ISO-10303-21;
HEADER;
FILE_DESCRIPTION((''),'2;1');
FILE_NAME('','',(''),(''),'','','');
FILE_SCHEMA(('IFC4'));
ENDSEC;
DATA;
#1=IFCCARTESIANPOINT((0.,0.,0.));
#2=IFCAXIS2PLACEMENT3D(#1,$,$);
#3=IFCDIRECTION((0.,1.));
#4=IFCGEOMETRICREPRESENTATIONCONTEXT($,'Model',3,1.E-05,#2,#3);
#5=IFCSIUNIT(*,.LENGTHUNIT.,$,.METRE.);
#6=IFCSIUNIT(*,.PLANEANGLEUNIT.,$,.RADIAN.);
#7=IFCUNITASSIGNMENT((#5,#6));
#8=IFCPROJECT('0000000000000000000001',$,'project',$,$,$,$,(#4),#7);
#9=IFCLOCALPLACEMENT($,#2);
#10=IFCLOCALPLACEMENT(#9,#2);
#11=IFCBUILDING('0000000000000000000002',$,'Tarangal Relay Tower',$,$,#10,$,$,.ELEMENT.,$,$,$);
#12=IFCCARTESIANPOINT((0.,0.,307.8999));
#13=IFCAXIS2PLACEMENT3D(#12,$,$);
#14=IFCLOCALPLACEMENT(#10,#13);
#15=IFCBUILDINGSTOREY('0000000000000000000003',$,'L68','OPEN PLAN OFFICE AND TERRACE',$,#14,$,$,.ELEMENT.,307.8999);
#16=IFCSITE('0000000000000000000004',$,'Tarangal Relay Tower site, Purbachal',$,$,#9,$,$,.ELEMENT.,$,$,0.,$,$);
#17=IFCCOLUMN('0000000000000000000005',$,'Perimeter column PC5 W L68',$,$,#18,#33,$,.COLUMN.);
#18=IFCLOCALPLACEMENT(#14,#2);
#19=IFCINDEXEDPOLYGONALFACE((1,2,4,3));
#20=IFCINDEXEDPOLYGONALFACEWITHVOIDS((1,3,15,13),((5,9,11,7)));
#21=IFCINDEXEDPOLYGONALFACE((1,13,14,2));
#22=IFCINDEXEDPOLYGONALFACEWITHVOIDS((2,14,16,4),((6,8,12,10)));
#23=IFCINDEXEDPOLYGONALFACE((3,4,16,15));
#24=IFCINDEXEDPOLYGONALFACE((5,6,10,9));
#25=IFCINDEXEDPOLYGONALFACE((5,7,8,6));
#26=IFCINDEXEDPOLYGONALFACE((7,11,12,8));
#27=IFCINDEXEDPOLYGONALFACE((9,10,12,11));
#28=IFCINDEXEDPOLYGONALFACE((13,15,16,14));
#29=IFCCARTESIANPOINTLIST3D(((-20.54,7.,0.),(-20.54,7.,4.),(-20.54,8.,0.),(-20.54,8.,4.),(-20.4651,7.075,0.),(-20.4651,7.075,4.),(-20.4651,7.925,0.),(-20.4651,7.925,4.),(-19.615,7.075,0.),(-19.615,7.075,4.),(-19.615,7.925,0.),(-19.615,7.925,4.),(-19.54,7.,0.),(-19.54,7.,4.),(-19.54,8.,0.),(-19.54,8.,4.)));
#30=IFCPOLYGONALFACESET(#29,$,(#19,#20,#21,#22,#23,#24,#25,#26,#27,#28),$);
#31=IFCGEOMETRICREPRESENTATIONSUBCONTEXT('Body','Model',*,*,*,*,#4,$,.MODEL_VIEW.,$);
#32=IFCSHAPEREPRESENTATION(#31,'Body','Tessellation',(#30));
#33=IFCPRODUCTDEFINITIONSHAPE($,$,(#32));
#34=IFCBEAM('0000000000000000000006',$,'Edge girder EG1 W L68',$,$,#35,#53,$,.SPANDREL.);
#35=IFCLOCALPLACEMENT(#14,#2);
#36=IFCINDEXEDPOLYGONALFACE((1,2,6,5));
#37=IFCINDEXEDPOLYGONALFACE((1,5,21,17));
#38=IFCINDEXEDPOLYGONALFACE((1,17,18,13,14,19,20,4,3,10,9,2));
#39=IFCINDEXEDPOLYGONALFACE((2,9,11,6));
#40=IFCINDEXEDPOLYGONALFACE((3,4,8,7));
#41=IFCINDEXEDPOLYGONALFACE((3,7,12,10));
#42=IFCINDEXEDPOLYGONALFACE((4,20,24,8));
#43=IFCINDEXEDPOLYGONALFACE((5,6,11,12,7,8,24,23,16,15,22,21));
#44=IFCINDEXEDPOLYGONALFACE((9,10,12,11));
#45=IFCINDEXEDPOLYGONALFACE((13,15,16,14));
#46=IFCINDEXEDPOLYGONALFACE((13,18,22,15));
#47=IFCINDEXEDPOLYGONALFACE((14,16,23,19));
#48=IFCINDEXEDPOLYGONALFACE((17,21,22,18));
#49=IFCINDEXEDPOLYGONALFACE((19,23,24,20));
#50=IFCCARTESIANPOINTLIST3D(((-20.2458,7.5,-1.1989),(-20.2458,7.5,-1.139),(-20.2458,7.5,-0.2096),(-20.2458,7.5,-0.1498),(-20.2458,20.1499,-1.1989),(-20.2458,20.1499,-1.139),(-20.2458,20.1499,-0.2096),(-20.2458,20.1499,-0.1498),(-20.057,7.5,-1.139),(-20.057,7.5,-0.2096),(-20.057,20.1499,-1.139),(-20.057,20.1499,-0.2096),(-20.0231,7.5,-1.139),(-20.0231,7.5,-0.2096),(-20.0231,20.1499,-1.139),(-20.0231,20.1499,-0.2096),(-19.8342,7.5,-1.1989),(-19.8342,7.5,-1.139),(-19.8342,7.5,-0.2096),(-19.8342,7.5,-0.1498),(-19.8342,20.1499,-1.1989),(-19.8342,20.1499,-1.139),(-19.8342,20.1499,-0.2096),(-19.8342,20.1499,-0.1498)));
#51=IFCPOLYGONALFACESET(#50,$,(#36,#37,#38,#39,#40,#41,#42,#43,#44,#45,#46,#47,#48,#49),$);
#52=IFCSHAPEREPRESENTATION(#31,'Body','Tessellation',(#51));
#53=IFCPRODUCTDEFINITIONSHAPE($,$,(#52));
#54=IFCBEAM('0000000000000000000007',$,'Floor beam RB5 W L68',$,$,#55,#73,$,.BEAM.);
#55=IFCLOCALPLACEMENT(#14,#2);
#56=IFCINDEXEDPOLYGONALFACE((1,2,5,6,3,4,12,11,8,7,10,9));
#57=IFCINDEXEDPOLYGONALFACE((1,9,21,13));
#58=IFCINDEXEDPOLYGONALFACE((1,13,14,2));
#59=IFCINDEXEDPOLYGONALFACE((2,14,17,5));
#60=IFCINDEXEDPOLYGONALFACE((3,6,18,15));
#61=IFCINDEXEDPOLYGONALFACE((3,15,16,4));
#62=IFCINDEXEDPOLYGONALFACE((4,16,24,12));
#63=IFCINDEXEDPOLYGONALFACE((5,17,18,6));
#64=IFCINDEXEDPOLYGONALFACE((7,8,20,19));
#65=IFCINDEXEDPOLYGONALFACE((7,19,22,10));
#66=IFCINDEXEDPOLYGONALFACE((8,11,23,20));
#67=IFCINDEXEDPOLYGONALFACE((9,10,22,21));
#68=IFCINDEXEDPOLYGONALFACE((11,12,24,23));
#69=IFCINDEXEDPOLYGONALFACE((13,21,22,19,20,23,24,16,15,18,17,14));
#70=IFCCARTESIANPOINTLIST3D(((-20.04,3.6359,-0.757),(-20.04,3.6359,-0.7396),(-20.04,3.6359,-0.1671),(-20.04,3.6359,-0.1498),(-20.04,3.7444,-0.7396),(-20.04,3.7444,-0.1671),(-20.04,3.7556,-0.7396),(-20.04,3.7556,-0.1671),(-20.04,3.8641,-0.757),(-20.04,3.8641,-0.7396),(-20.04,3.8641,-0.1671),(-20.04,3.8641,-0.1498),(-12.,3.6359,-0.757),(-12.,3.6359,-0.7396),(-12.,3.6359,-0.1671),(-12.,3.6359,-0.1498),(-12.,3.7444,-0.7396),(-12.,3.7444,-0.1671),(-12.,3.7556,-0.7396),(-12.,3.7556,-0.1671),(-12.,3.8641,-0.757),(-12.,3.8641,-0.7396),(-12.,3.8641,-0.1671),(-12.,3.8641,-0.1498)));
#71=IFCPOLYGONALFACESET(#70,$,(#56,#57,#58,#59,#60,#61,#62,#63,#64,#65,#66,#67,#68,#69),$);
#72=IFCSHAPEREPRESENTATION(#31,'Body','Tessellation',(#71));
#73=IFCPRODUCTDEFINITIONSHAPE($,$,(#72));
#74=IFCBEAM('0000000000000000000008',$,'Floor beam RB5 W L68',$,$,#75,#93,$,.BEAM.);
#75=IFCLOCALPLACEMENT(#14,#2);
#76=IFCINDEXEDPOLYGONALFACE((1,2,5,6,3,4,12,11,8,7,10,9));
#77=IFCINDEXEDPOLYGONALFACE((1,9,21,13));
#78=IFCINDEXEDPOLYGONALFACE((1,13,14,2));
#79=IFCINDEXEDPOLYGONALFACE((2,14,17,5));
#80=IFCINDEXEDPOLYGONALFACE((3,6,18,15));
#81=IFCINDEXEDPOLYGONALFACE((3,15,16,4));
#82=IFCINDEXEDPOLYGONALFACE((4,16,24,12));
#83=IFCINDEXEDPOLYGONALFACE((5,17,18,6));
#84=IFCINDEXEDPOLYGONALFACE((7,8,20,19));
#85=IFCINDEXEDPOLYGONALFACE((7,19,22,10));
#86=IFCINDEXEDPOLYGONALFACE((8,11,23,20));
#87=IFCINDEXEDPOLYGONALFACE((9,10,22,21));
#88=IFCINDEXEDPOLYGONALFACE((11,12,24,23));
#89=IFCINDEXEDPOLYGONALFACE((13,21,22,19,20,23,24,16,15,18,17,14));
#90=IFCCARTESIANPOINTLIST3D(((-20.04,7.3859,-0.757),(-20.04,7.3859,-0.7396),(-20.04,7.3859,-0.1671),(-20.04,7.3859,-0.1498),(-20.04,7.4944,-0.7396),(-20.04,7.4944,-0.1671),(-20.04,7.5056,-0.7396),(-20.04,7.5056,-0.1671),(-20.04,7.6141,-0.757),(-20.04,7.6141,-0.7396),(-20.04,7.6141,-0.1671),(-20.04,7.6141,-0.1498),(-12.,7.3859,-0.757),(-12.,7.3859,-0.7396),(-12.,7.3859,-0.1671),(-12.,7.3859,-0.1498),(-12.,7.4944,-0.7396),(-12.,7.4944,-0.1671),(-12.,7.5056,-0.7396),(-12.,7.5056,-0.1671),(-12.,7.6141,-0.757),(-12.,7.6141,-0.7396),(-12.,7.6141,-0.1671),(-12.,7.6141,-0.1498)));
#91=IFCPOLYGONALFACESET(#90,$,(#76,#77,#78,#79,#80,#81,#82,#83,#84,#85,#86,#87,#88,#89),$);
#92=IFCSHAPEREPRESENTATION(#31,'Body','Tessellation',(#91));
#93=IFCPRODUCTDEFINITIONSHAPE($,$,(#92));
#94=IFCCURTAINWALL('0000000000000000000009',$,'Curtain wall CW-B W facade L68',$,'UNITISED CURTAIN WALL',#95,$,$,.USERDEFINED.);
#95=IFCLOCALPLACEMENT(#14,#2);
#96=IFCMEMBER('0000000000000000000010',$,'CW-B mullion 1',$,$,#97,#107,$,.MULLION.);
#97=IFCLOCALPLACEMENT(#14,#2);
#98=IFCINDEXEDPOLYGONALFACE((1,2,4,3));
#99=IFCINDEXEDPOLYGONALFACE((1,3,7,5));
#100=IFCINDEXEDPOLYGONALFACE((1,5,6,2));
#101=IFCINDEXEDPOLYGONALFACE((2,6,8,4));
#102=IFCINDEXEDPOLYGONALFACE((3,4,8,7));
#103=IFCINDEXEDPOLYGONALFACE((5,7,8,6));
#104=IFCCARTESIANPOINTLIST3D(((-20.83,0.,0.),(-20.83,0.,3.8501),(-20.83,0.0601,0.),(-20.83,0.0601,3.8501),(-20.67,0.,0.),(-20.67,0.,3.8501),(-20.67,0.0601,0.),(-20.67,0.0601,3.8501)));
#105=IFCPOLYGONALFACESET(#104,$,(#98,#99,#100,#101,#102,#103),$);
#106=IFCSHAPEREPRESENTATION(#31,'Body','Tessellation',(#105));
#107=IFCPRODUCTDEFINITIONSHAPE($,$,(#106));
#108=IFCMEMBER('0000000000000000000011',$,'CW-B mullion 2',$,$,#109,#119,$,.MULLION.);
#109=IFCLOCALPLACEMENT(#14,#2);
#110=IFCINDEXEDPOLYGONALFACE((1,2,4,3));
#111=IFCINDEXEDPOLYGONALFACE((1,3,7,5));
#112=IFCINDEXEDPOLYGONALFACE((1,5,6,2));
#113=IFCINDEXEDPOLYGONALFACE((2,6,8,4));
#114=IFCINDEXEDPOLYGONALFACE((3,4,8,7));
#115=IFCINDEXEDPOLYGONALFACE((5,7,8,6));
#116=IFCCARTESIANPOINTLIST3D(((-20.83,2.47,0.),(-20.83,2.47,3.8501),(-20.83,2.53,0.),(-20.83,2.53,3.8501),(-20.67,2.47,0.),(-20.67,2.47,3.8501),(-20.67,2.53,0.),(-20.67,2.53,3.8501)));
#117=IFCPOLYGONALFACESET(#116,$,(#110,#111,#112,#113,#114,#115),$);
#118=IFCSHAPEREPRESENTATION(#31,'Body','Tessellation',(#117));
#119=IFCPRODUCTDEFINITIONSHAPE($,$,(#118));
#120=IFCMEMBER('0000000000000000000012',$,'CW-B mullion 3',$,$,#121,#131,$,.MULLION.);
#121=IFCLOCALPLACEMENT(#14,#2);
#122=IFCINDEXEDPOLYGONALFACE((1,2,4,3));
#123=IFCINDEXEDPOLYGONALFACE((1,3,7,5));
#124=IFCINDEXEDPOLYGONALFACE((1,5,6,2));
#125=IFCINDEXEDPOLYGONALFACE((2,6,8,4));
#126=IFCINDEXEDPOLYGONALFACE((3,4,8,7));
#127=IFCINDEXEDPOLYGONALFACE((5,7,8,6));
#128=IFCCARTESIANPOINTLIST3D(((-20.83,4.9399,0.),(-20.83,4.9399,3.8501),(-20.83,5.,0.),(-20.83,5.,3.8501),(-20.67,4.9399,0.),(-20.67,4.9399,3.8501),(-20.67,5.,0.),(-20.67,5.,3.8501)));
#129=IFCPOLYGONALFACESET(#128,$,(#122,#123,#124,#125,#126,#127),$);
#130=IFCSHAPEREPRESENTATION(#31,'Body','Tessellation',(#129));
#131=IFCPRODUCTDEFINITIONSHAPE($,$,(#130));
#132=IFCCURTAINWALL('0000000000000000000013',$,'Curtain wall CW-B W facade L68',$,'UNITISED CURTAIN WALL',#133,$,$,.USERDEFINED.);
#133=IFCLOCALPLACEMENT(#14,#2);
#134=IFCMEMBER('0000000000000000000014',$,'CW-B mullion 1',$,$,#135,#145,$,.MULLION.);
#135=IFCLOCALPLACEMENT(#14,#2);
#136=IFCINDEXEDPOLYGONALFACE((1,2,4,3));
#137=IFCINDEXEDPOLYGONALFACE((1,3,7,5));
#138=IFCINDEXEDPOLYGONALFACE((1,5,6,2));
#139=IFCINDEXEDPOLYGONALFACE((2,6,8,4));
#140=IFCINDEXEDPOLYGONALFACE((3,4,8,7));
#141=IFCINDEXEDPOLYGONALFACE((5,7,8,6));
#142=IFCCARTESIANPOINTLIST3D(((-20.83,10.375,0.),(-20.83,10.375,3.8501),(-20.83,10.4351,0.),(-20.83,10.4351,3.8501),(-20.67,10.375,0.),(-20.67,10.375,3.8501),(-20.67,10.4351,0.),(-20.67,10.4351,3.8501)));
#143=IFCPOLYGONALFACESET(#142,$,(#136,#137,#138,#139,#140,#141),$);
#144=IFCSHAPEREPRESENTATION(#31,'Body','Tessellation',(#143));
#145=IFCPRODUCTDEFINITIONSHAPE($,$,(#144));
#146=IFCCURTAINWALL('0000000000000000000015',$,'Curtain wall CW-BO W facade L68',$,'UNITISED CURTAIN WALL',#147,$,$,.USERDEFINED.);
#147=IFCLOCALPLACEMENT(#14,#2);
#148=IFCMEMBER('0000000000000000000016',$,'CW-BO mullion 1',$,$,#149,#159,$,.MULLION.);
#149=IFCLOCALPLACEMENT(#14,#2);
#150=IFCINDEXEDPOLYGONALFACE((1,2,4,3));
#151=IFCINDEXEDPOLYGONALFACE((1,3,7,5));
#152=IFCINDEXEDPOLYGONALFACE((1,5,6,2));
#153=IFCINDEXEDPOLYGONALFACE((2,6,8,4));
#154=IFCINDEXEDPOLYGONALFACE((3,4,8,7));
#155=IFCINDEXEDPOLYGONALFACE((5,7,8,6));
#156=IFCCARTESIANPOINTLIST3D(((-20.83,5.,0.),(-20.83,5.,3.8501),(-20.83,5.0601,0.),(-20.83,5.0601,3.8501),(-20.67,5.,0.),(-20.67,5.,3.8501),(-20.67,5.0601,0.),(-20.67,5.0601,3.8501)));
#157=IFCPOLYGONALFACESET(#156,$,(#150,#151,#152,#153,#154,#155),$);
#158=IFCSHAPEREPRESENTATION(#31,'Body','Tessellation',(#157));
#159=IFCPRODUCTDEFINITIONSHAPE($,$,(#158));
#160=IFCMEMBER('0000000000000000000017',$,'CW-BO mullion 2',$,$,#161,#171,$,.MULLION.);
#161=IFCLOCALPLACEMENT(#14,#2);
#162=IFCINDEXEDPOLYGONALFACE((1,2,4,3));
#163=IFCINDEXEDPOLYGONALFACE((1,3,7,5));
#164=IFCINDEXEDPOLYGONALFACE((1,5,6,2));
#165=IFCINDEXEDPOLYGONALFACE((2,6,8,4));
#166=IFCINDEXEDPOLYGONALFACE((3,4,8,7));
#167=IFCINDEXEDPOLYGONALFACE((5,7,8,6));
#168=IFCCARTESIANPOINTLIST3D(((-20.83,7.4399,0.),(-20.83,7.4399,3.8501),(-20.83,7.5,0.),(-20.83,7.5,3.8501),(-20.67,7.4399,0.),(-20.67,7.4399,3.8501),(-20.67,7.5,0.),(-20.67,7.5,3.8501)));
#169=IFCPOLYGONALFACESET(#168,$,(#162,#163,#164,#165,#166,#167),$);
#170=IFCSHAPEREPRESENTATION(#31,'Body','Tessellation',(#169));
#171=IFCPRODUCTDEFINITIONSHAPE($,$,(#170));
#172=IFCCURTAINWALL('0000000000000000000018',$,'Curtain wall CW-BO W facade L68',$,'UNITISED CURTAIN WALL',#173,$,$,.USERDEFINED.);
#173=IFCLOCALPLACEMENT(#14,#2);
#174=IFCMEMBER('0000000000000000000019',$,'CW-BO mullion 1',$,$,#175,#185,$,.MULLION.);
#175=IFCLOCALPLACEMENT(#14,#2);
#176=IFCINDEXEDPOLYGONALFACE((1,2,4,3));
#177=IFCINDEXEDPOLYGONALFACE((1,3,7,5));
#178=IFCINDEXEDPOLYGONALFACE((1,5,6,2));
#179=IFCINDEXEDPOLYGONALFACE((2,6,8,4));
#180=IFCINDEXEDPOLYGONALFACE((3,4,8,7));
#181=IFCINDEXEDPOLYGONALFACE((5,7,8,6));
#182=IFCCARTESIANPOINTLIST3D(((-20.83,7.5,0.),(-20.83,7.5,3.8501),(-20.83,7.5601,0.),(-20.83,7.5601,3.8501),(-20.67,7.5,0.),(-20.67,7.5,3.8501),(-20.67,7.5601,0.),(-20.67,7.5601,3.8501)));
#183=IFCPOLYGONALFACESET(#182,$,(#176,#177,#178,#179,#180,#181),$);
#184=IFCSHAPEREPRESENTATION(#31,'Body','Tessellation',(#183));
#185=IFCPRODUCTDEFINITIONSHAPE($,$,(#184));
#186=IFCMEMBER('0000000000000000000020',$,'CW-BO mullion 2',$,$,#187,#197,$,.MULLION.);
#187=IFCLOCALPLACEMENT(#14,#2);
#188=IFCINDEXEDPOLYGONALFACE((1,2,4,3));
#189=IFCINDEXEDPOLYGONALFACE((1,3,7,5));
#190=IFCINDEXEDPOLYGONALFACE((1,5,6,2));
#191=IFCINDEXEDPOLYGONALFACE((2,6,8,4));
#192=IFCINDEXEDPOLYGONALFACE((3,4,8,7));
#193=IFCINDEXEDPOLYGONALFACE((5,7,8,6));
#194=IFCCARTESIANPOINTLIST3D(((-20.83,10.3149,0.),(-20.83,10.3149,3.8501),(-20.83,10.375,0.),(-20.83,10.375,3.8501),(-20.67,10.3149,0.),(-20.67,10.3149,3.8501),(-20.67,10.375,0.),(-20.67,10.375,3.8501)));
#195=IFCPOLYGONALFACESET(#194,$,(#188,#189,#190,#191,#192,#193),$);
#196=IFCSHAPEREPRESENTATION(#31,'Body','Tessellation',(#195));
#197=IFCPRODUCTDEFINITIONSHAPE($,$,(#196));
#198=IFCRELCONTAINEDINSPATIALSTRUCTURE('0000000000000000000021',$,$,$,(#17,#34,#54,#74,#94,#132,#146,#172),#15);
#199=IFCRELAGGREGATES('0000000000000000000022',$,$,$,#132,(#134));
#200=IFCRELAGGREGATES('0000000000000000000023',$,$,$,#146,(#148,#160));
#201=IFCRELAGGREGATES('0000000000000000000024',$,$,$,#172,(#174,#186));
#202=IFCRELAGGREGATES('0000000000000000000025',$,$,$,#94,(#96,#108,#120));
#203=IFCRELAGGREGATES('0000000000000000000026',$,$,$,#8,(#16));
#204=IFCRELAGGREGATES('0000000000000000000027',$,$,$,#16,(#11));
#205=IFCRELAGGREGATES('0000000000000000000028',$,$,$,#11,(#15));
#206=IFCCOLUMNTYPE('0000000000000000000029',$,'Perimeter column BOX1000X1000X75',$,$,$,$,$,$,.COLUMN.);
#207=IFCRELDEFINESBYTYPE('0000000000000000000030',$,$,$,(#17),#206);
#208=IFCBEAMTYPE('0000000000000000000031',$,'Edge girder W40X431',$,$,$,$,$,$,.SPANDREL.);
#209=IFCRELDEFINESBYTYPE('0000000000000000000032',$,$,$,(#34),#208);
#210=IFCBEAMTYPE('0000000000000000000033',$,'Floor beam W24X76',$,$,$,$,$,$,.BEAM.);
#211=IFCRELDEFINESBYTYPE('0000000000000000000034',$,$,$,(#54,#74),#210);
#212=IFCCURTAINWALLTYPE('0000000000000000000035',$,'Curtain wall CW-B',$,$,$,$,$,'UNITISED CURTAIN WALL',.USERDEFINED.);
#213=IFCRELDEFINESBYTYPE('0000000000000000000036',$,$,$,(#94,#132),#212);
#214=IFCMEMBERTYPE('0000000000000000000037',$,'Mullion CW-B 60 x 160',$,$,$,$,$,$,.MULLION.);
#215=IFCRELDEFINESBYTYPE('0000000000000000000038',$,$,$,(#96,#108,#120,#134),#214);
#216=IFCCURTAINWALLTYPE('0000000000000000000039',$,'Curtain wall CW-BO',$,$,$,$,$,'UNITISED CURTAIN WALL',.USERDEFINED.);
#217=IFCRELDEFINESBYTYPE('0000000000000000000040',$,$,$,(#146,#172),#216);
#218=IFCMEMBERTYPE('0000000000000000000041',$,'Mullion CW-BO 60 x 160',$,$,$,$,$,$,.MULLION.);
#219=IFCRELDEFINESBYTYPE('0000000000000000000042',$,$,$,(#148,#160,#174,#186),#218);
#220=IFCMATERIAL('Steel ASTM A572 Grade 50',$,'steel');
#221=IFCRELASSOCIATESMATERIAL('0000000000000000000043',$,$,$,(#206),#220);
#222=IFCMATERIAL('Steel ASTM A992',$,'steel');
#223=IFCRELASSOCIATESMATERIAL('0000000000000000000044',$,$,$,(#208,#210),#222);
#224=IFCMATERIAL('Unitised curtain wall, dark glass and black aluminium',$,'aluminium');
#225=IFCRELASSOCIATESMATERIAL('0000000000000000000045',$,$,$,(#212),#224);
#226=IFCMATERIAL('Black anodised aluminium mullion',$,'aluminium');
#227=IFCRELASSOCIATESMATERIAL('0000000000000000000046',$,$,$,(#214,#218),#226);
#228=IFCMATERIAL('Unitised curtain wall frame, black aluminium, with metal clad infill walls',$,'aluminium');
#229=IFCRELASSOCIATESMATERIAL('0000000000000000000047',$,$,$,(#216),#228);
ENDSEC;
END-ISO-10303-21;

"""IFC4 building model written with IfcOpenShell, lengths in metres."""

from ifc_helpers import new_model, si_unit, direction, frame, origin, origin_2d, place, context, subcontext, project, spatial, rectangle, hollow_rectangle, i_section, extrude, material, material_profile, profile_set, type_object, element, aggregate, save


model = new_model("IFC4")

# Units and contexts
model_context = context("Model", 3, precision=1e-05, world=origin(), true_north=direction((0.0, 1.0)))
body_context = subcontext(model_context, "Body", "Model", "MODEL_VIEW")
ifc_project = project(units=[si_unit("LENGTHUNIT", "METRE"), si_unit("PLANEANGLEUNIT", "RADIAN")], contexts=[model_context])

# Site, building, storey
site_placement = place(None, origin())
site = spatial("IfcSite", under=ifc_project, at=site_placement, Name="Tarangal Relay Tower site, Purbachal", CompositionType="ELEMENT", RefElevation=0.0)
building_placement = place(site_placement, origin())
building = spatial("IfcBuilding", under=site, at=building_placement, Name="Tarangal Relay Tower", CompositionType="ELEMENT")
storey_placement = place(building_placement, frame((0.0, 0.0, 307.8999)))
storey = spatial("IfcBuildingStorey", under=building, at=storey_placement, Name="L68", Description="OPEN PLAN OFFICE AND TERRACE", CompositionType="ELEMENT", Elevation=307.8999)

# Column
ifc_material_1 = material(Name="Steel ASTM A572 Grade 50", Category="steel")
ifc_material_profile_1 = material_profile(ifc_material_1, hollow_rectangle(XDim=1.0, YDim=1.0, WallThickness=0.075, at=origin_2d()), Name="BOX1000X1000X75")
ifc_profile_set_1 = profile_set([ifc_material_profile_1], Name="Steel ASTM A572 Grade 50")
column_type = type_object("IfcColumnType", Name="Perimeter column BOX1000X1000X75", PredefinedType="COLUMN", material=ifc_profile_set_1)
column_placement = place(storey_placement, frame((-20.04, 7.5, 0.0), z_axis=(0.0, 0.0, 1.0), x_axis=(1.0, 0.0, 0.0)))
element("IfcColumn", 1, at=column_placement, inside=storey, type_object=column_type, Name="Perimeter column PC5 W L68", PredefinedType="COLUMN", context=body_context, shape_type="SweptSolid", body=[
    extrude(hollow_rectangle(XDim=1.0, YDim=1.0, WallThickness=0.075, at=origin_2d()), origin(), (0.0, 0.0, 1.0), 4.0),
])

# Beams
ifc_material_2 = material(Name="Steel ASTM A992", Category="steel")
ifc_material_profile_2 = material_profile(ifc_material_2, i_section(OverallWidth=0.4116, OverallDepth=1.0491, WebThickness=0.0339, FlangeThickness=0.0598, at=origin_2d()), Name="W40X431")
ifc_profile_set_2 = profile_set([ifc_material_profile_2], Name="Steel ASTM A992")
beam_type_1 = type_object("IfcBeamType", Name="Edge girder W40X431", PredefinedType="SPANDREL", material=ifc_profile_set_2)
beam_placement = place(storey_placement, frame((-20.04, 7.5, -0.6743), z_axis=(0.0, 1.0, 0.0), x_axis=(-1.0, 0.0, 0.0)))
element("IfcBeam", 2, at=beam_placement, inside=storey, type_object=beam_type_1, Name="Edge girder EG1 W L68", PredefinedType="SPANDREL", context=body_context, shape_type="SweptSolid", body=[
    extrude(i_section(OverallWidth=0.4116, OverallDepth=1.0491, WebThickness=0.0339, FlangeThickness=0.0598, at=origin_2d()), origin(), (0.0, 0.0, 1.0), 12.6499),
])
ifc_material_profile_3 = material_profile(ifc_material_2, i_section(OverallWidth=0.2283, OverallDepth=0.6072, WebThickness=0.0112, FlangeThickness=0.0173, at=origin_2d()), Name="W24X76")
ifc_profile_set_3 = profile_set([ifc_material_profile_3], Name="Steel ASTM A992")
beam_type_2 = type_object("IfcBeamType", Name="Floor beam W24X76", PredefinedType="BEAM", material=ifc_profile_set_3)
for number, where, z_axis, x_axis, name in (
    (3, (-12.0, 3.75, -0.4534), (-1.0, 0.0, 0.0), (0.0, -1.0, 0.0), "Floor beam RB5 W L68"),
    (4, (-12.0, 7.5, -0.4534), (-1.0, 0.0, 0.0), (0.0, -1.0, 0.0), "Floor beam RB5 W L68"),
):
    element("IfcBeam", number, at=place(storey_placement, frame(where, z_axis=z_axis, x_axis=x_axis)), inside=storey, type_object=beam_type_2, Name=name, PredefinedType="BEAM", context=body_context, shape_type="SweptSolid", body=[
        extrude(i_section(OverallWidth=0.2283, OverallDepth=0.6072, WebThickness=0.0112, FlangeThickness=0.0173, at=origin_2d()), origin(), (0.0, 0.0, 1.0), 8.04),
    ])

# Curtain wall, members
ifc_material_3 = material(Name="Unitised curtain wall, dark glass and black aluminium", Category="aluminium")
curtain_wall_type_1 = type_object("IfcCurtainWallType", Name="Curtain wall CW-B", ElementType="UNITISED CURTAIN WALL", PredefinedType="USERDEFINED", material=ifc_material_3)
curtain_wall_1_placement = place(storey_placement, origin())
curtain_wall_1 = element("IfcCurtainWall", 5, at=curtain_wall_1_placement, inside=storey, type_object=curtain_wall_type_1, Name="Curtain wall CW-B W facade L68", ObjectType="UNITISED CURTAIN WALL", PredefinedType="USERDEFINED")
ifc_material_4 = material(Name="Black anodised aluminium mullion", Category="aluminium")
ifc_material_profile_4 = material_profile(ifc_material_4, rectangle(XDim=0.1599, YDim=0.0601, at=origin_2d()), Name="CW-BM 60X160")
ifc_profile_set_4 = profile_set([ifc_material_profile_4], Name="Black anodised aluminium mullion")
member_type_1 = type_object("IfcMemberType", Name="Mullion CW-B 60 x 160", PredefinedType="MULLION", material=ifc_profile_set_4)
member_1_placement = place(storey_placement, frame((-20.75, 0.03, 0.0), z_axis=(0.0, 0.0, 1.0), x_axis=(-1.0, 0.0, 0.0)))
member_1 = element("IfcMember", 6, at=member_1_placement, type_object=member_type_1, Name="CW-B mullion 1", PredefinedType="MULLION", context=body_context, shape_type="SweptSolid", body=[
    extrude(rectangle(XDim=0.1599, YDim=0.0601, at=origin_2d()), origin(), (0.0, 0.0, 1.0), 3.8501),
])
member_2_placement = place(storey_placement, frame((-20.75, 2.5, 0.0), z_axis=(0.0, 0.0, 1.0), x_axis=(-1.0, 0.0, 0.0)))
member_2 = element("IfcMember", 7, at=member_2_placement, type_object=member_type_1, Name="CW-B mullion 2", PredefinedType="MULLION", context=body_context, shape_type="SweptSolid", body=[
    extrude(rectangle(XDim=0.1599, YDim=0.0601, at=origin_2d()), origin(), (0.0, 0.0, 1.0), 3.8501),
])
member_3_placement = place(storey_placement, frame((-20.75, 4.97, 0.0), z_axis=(0.0, 0.0, 1.0), x_axis=(-1.0, 0.0, 0.0)))
member_3 = element("IfcMember", 8, at=member_3_placement, type_object=member_type_1, Name="CW-B mullion 3", PredefinedType="MULLION", context=body_context, shape_type="SweptSolid", body=[
    extrude(rectangle(XDim=0.1599, YDim=0.0601, at=origin_2d()), origin(), (0.0, 0.0, 1.0), 3.8501),
])

# Curtain wall, member
curtain_wall_2_placement = place(storey_placement, origin())
curtain_wall_2 = element("IfcCurtainWall", 9, at=curtain_wall_2_placement, inside=storey, type_object=curtain_wall_type_1, Name="Curtain wall CW-B W facade L68", ObjectType="UNITISED CURTAIN WALL", PredefinedType="USERDEFINED")
member_4_placement = place(storey_placement, frame((-20.75, 10.405, 0.0), z_axis=(0.0, 0.0, 1.0), x_axis=(-1.0, 0.0, 0.0)))
member_4 = element("IfcMember", 10, at=member_4_placement, type_object=member_type_1, Name="CW-B mullion 1", PredefinedType="MULLION", context=body_context, shape_type="SweptSolid", body=[
    extrude(rectangle(XDim=0.1599, YDim=0.0601, at=origin_2d()), origin(), (0.0, 0.0, 1.0), 3.8501),
])

# Curtain walls, members
ifc_material_5 = material(Name="Unitised curtain wall frame, black aluminium, with metal clad infill walls", Category="aluminium")
curtain_wall_type_2 = type_object("IfcCurtainWallType", Name="Curtain wall CW-BO", ElementType="UNITISED CURTAIN WALL", PredefinedType="USERDEFINED", material=ifc_material_5)
curtain_wall_3_placement = place(storey_placement, origin())
curtain_wall_3 = element("IfcCurtainWall", 11, at=curtain_wall_3_placement, inside=storey, type_object=curtain_wall_type_2, Name="Curtain wall CW-BO W facade L68", ObjectType="UNITISED CURTAIN WALL", PredefinedType="USERDEFINED")
ifc_material_profile_5 = material_profile(ifc_material_4, rectangle(XDim=0.1599, YDim=0.0601, at=origin_2d()), Name="CW-BOM 60X160")
ifc_profile_set_5 = profile_set([ifc_material_profile_5], Name="Black anodised aluminium mullion")
member_type_2 = type_object("IfcMemberType", Name="Mullion CW-BO 60 x 160", PredefinedType="MULLION", material=ifc_profile_set_5)
member_5_placement = place(storey_placement, frame((-20.75, 5.03, 0.0), z_axis=(0.0, 0.0, 1.0), x_axis=(-1.0, 0.0, 0.0)))
member_5 = element("IfcMember", 12, at=member_5_placement, type_object=member_type_2, Name="CW-BO mullion 1", PredefinedType="MULLION", context=body_context, shape_type="SweptSolid", body=[
    extrude(rectangle(XDim=0.1599, YDim=0.0601, at=origin_2d()), origin(), (0.0, 0.0, 1.0), 3.8501),
])
member_6_placement = place(storey_placement, frame((-20.75, 7.47, 0.0), z_axis=(0.0, 0.0, 1.0), x_axis=(-1.0, 0.0, 0.0)))
member_6 = element("IfcMember", 13, at=member_6_placement, type_object=member_type_2, Name="CW-BO mullion 2", PredefinedType="MULLION", context=body_context, shape_type="SweptSolid", body=[
    extrude(rectangle(XDim=0.1599, YDim=0.0601, at=origin_2d()), origin(), (0.0, 0.0, 1.0), 3.8501),
])
curtain_wall_4_placement = place(storey_placement, origin())
curtain_wall_4 = element("IfcCurtainWall", 14, at=curtain_wall_4_placement, inside=storey, type_object=curtain_wall_type_2, Name="Curtain wall CW-BO W facade L68", ObjectType="UNITISED CURTAIN WALL", PredefinedType="USERDEFINED")
member_7_placement = place(storey_placement, frame((-20.75, 7.53, 0.0), z_axis=(0.0, 0.0, 1.0), x_axis=(-1.0, 0.0, 0.0)))
member_7 = element("IfcMember", 15, at=member_7_placement, type_object=member_type_2, Name="CW-BO mullion 1", PredefinedType="MULLION", context=body_context, shape_type="SweptSolid", body=[
    extrude(rectangle(XDim=0.1599, YDim=0.0601, at=origin_2d()), origin(), (0.0, 0.0, 1.0), 3.8501),
])
member_8_placement = place(storey_placement, frame((-20.75, 10.345, 0.0), z_axis=(0.0, 0.0, 1.0), x_axis=(-1.0, 0.0, 0.0)))
member_8 = element("IfcMember", 16, at=member_8_placement, type_object=member_type_2, Name="CW-BO mullion 2", PredefinedType="MULLION", context=body_context, shape_type="SweptSolid", body=[
    extrude(rectangle(XDim=0.1599, YDim=0.0601, at=origin_2d()), origin(), (0.0, 0.0, 1.0), 3.8501),
])

aggregate(curtain_wall_2, [member_4])
aggregate(curtain_wall_3, [member_5, member_6])
aggregate(curtain_wall_4, [member_7, member_8])

aggregate(curtain_wall_1, [member_1, member_2, member_3])

save(model, "model.ifc")
